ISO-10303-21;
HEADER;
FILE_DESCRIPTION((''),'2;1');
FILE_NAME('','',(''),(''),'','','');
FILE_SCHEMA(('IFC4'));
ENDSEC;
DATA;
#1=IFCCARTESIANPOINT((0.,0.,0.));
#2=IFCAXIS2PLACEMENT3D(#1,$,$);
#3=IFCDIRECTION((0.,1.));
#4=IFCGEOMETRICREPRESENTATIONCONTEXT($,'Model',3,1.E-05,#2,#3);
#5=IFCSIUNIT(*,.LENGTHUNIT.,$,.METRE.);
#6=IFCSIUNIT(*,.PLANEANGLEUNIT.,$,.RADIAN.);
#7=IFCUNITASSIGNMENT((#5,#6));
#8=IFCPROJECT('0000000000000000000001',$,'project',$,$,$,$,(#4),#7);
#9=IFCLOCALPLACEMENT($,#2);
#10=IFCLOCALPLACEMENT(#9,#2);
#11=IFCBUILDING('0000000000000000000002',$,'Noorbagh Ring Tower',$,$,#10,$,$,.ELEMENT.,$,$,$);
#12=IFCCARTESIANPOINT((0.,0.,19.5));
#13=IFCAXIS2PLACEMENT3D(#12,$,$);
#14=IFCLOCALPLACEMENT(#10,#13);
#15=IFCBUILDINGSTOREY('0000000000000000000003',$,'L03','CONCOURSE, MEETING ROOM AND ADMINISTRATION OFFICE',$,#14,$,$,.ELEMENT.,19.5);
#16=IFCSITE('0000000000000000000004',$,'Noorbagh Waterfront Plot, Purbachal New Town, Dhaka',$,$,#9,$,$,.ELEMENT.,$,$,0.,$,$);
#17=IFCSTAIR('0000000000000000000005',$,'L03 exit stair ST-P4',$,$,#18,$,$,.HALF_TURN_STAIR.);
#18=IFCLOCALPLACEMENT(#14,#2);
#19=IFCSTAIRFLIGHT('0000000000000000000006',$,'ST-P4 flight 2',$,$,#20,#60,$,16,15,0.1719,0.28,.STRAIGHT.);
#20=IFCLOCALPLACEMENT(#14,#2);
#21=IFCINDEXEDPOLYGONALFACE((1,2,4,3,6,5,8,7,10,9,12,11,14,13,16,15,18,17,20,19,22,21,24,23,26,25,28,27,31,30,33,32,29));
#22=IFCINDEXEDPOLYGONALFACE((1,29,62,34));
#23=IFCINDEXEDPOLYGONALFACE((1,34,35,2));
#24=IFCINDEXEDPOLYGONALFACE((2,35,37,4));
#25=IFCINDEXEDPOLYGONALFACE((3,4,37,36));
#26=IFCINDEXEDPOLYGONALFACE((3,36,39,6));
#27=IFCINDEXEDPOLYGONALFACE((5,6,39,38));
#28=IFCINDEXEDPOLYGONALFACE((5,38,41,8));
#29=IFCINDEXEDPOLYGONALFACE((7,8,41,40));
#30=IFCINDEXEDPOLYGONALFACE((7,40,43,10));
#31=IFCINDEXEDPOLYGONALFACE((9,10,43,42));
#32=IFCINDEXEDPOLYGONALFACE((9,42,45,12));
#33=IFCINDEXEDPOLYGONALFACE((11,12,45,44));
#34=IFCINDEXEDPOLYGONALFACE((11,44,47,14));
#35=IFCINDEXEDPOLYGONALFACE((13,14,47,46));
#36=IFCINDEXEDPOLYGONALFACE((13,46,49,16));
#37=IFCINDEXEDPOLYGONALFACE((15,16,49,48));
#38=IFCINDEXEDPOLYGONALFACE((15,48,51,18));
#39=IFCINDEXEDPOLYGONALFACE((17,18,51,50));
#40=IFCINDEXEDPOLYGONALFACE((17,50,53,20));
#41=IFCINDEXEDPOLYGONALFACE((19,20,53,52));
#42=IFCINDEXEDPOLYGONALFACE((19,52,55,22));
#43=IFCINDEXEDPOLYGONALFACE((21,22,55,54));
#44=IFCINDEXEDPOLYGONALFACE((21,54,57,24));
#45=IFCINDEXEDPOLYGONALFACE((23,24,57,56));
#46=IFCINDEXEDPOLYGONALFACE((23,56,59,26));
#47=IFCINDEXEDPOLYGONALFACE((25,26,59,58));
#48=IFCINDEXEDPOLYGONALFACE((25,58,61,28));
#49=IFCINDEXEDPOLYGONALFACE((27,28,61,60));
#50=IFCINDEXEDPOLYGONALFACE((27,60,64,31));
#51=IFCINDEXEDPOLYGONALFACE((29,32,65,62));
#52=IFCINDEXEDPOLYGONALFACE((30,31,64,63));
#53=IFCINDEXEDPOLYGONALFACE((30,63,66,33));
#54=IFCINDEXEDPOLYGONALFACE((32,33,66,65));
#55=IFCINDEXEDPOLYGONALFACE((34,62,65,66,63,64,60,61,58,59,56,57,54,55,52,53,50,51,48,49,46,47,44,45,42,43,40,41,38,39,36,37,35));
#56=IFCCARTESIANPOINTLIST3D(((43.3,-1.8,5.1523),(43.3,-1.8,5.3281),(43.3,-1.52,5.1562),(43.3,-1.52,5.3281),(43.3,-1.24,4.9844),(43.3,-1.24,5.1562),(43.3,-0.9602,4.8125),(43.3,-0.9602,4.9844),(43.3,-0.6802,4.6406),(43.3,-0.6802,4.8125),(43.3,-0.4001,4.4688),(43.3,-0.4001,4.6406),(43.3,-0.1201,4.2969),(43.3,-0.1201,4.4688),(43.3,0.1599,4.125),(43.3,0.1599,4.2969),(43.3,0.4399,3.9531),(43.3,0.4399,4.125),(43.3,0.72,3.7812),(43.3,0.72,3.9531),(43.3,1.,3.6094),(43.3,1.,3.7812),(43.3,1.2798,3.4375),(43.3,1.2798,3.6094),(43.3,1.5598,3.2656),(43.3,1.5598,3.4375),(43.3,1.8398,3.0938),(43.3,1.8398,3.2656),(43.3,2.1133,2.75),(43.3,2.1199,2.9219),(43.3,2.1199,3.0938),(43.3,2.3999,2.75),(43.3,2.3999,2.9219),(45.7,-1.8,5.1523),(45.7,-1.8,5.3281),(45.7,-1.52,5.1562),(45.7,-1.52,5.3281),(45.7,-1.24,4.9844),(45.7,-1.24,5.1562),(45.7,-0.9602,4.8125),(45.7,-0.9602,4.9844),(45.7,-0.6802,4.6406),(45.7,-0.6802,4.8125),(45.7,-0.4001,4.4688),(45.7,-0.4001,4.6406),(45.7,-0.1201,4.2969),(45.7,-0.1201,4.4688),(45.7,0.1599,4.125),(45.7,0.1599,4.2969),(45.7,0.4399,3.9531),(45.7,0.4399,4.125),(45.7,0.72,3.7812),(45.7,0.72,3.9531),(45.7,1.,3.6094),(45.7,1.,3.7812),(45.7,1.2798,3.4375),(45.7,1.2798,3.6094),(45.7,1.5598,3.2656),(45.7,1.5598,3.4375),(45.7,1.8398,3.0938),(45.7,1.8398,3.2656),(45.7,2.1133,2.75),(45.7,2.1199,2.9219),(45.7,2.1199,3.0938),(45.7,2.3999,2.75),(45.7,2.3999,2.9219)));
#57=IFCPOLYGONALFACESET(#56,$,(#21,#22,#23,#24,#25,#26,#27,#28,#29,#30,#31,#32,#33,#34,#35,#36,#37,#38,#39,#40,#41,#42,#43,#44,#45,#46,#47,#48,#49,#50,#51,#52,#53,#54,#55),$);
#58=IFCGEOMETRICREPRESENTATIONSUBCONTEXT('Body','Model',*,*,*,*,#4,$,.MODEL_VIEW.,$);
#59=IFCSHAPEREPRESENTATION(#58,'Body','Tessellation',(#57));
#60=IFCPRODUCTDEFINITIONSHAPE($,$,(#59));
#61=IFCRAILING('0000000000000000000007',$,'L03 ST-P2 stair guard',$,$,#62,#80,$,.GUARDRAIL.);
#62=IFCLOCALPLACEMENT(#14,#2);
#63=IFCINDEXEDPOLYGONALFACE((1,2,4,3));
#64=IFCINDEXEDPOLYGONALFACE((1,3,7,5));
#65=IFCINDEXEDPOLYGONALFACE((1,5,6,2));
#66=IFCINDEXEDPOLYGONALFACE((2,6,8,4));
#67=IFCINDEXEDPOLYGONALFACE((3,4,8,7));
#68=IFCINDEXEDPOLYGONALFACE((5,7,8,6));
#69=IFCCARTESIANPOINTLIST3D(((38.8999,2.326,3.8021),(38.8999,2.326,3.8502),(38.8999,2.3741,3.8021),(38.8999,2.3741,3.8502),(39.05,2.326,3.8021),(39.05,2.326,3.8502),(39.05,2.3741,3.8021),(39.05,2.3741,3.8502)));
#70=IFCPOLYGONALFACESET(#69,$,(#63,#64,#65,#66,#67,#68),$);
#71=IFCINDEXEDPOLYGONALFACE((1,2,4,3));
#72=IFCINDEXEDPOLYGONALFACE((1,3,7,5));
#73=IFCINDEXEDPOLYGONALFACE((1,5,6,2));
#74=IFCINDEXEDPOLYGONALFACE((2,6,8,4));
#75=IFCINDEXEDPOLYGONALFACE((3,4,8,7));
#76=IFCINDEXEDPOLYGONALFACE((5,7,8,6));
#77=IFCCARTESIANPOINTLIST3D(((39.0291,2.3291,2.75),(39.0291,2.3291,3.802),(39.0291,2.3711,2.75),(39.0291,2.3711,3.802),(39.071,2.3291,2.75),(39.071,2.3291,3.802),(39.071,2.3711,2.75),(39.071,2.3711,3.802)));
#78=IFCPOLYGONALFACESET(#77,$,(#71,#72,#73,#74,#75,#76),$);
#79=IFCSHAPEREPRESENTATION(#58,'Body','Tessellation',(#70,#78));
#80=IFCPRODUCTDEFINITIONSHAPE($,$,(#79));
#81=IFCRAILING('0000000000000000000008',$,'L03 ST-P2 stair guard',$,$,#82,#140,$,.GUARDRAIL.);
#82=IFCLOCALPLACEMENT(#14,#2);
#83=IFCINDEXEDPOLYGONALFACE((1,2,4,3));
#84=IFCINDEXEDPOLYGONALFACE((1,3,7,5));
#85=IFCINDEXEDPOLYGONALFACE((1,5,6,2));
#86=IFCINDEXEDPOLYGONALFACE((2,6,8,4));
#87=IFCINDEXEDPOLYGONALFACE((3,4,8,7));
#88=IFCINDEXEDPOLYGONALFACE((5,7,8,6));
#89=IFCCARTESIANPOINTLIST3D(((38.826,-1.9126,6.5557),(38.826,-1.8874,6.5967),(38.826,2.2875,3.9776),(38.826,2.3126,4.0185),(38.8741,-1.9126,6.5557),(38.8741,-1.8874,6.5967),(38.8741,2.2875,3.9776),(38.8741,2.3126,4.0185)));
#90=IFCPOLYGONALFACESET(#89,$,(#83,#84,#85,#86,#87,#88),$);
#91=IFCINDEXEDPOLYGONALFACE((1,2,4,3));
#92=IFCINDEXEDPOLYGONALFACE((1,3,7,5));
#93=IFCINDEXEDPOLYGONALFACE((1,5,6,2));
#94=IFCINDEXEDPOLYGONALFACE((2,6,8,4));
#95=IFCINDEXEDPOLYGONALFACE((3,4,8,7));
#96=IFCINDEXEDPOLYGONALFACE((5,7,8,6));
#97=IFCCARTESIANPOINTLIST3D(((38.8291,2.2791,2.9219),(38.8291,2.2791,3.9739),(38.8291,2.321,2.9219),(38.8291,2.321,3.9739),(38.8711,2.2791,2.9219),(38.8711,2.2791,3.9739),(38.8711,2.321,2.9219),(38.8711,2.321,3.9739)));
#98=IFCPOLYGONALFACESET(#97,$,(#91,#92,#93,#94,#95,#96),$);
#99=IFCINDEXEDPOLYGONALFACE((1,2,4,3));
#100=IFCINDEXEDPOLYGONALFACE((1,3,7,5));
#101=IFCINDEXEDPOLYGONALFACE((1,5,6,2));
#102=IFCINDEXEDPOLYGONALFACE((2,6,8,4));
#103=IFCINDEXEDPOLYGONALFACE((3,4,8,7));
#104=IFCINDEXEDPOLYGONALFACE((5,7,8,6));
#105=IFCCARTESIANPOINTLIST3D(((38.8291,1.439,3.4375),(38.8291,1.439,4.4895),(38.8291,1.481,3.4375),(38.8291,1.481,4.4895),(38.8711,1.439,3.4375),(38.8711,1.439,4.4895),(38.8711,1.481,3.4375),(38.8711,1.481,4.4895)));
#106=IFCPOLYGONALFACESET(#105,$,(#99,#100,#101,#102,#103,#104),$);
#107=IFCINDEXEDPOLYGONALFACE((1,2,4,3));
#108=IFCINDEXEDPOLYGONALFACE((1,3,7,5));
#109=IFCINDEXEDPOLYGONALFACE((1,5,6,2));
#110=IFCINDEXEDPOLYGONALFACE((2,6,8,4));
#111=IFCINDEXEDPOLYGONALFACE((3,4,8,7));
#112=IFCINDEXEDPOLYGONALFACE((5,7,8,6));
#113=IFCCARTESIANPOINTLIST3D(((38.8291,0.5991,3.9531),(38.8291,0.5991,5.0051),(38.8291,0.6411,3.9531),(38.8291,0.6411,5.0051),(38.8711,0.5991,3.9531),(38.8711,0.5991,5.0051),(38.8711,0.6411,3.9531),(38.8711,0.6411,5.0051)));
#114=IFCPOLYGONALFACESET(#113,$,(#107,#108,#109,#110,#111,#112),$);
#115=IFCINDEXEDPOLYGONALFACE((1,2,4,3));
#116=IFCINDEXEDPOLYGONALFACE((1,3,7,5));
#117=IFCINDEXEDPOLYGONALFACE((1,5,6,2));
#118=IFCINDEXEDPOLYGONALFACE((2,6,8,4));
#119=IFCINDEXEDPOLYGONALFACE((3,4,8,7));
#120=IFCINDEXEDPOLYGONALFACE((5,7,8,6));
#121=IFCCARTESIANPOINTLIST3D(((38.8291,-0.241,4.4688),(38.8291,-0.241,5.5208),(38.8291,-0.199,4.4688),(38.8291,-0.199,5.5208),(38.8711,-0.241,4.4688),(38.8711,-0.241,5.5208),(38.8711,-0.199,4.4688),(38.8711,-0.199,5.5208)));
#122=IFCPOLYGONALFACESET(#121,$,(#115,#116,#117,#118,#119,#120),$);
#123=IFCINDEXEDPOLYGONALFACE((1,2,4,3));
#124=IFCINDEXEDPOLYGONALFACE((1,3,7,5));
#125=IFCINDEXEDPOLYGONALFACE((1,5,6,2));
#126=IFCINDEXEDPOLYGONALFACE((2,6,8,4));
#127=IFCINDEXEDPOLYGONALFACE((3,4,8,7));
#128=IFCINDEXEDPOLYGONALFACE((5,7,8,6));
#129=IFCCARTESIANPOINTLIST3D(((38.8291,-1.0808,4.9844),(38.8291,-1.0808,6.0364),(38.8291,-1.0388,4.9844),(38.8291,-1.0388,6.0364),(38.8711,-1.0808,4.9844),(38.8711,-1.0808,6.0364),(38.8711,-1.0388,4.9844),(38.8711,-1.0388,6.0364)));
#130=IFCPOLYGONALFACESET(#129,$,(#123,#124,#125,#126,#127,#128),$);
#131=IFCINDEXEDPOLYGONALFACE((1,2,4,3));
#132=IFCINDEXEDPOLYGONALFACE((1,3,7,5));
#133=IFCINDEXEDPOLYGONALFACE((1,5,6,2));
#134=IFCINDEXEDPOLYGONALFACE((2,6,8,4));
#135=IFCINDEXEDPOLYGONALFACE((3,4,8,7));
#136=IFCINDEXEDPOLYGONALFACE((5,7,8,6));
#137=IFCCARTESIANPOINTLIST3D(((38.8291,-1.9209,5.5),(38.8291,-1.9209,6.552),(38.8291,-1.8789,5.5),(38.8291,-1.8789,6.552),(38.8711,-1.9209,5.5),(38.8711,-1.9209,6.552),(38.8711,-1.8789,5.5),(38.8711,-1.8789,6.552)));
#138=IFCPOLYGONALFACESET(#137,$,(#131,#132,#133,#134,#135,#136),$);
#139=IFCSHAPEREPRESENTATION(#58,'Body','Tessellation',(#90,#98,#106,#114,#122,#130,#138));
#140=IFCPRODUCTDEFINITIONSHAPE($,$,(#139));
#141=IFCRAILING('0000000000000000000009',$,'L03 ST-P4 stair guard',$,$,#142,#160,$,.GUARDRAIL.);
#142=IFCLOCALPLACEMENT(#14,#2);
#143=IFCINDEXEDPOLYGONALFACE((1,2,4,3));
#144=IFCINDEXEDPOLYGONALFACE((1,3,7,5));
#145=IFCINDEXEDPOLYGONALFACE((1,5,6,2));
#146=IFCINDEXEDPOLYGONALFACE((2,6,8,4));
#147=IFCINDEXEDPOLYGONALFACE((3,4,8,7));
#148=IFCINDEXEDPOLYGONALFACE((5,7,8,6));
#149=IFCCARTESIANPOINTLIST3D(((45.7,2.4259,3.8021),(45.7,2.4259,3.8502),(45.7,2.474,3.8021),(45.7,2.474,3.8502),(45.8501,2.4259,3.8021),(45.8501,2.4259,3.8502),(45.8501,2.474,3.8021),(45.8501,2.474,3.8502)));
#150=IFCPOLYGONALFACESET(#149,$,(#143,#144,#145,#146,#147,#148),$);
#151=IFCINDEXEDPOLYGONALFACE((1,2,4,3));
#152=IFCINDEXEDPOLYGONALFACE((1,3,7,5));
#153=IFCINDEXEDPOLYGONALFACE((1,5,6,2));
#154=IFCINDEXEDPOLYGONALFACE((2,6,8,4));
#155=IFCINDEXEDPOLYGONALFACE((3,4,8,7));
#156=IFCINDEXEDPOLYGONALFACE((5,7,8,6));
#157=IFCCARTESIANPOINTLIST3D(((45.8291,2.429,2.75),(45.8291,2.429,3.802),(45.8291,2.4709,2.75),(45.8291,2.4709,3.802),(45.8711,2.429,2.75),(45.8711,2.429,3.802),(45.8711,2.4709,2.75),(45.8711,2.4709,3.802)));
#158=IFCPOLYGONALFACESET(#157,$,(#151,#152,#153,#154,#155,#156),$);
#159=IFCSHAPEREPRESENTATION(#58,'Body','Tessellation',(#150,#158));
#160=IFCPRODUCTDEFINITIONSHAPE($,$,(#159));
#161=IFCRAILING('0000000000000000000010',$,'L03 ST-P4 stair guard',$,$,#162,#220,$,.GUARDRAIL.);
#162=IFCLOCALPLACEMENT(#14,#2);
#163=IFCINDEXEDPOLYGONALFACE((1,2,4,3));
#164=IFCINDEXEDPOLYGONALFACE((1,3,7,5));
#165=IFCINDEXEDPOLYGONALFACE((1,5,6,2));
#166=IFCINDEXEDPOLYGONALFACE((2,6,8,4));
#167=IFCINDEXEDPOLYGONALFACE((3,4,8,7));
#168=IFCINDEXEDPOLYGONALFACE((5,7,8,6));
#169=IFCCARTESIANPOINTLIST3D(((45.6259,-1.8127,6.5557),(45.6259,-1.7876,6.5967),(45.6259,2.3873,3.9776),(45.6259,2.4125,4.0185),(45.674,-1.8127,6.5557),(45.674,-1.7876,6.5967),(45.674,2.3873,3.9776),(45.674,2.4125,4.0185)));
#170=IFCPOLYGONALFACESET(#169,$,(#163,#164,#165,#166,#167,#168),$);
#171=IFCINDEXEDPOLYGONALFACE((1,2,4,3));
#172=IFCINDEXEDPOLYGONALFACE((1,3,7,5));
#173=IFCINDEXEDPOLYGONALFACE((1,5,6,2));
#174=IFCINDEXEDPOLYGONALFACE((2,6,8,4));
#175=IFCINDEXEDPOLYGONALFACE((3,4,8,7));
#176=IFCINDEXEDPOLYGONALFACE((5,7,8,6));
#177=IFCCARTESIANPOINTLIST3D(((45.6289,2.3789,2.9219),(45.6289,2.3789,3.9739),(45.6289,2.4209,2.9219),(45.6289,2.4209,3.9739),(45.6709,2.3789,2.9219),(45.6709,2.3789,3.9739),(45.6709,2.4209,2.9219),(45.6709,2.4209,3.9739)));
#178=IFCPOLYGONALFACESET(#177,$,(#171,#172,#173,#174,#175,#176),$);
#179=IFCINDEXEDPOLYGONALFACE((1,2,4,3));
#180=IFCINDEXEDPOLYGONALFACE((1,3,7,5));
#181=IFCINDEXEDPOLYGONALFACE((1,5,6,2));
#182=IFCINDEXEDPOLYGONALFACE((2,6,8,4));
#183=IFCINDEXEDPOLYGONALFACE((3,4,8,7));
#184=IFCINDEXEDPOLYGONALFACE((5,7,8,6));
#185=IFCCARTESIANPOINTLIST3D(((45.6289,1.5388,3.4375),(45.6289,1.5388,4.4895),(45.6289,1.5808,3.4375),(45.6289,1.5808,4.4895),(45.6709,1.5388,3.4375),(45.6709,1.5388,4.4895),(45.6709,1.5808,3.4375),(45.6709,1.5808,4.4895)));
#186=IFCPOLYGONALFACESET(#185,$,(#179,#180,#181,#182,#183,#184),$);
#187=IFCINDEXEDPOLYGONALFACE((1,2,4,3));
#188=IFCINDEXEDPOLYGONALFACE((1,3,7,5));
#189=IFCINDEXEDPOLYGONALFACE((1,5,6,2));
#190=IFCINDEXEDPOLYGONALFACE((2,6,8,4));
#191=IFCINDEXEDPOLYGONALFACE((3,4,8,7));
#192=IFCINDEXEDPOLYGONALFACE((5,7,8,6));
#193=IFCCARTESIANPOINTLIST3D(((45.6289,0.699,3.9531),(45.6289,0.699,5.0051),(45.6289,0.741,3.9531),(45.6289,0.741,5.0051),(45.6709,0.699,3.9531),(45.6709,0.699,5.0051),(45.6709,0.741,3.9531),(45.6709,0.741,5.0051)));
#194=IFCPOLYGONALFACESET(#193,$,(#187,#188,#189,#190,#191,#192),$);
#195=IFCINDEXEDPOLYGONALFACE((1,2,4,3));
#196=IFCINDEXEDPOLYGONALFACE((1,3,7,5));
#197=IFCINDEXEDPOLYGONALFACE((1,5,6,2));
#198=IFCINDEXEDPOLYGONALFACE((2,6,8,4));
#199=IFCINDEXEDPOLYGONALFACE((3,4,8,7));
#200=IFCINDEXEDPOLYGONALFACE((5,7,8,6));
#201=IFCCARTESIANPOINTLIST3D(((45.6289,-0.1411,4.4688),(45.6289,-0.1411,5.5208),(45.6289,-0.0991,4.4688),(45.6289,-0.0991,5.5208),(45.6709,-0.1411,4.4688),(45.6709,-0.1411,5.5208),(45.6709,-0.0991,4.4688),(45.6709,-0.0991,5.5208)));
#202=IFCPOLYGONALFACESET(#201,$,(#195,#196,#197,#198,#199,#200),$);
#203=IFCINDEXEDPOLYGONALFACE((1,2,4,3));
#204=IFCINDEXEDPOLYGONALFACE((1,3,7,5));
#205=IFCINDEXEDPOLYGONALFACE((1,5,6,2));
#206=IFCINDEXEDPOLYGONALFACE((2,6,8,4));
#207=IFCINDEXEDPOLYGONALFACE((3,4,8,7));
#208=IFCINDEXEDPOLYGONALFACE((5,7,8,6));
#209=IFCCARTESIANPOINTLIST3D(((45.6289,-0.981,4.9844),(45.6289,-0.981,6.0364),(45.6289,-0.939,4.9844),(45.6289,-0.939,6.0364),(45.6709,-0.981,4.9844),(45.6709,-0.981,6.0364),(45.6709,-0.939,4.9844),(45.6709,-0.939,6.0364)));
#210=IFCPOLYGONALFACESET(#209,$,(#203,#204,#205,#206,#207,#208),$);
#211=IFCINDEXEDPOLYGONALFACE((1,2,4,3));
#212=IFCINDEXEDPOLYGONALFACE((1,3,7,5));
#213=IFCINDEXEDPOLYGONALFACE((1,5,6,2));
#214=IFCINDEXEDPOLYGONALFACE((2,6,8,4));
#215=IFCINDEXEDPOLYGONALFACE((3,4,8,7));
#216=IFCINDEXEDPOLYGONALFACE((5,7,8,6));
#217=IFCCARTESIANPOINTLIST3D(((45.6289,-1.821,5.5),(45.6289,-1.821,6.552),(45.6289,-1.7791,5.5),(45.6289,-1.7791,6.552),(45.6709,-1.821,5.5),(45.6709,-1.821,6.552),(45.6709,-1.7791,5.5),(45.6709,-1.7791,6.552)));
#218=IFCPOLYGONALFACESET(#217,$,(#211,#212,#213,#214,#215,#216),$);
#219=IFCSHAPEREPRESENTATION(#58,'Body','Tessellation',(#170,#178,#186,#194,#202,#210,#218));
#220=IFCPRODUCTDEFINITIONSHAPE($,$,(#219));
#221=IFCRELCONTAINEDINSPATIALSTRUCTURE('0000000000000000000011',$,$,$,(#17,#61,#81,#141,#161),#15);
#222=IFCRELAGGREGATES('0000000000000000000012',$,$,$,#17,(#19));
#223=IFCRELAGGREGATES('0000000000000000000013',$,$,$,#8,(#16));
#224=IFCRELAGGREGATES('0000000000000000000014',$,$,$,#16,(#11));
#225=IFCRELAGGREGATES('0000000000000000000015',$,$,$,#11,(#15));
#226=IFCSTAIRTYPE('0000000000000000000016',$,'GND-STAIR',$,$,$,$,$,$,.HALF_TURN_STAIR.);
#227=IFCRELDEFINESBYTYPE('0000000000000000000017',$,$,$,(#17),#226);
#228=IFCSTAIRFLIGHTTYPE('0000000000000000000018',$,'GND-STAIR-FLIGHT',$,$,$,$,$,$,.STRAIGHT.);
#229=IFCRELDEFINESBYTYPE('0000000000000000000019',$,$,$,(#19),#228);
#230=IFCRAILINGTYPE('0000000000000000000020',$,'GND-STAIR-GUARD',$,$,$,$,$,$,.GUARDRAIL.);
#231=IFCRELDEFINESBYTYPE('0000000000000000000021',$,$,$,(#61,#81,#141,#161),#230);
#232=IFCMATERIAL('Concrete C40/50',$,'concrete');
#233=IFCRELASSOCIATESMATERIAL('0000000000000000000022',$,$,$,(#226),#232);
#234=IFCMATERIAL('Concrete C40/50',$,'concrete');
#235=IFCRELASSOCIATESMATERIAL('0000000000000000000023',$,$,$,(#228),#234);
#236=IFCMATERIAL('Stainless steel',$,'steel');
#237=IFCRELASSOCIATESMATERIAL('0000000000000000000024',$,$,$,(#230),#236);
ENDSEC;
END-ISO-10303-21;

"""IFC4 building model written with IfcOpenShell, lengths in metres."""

from ifc_helpers import new_model, si_unit, direction, frame, origin, origin_2d, place, context, subcontext, project, spatial, polyline, rectangle, outline, extrude, material, type_object, element, aggregate, save


model = new_model("IFC4")

# Units and contexts
model_context = context("Model", 3, precision=1e-05, world=origin(), true_north=direction((0.0, 1.0)))
body_context = subcontext(model_context, "Body", "Model", "MODEL_VIEW")
ifc_project = project(units=[si_unit("LENGTHUNIT", "METRE"), si_unit("PLANEANGLEUNIT", "RADIAN")], contexts=[model_context])

# Site, building, storey
site_placement = place(None, origin())
site = spatial("IfcSite", under=ifc_project, at=site_placement, Name="Noorbagh Waterfront Plot, Purbachal New Town, Dhaka", CompositionType="ELEMENT", RefElevation=0.0)
building_placement = place(site_placement, origin())
building = spatial("IfcBuilding", under=site, at=building_placement, Name="Noorbagh Ring Tower", CompositionType="ELEMENT")
storey_placement = place(building_placement, frame((0.0, 0.0, 19.5)))
storey = spatial("IfcBuildingStorey", under=building, at=storey_placement, Name="L03", Description="CONCOURSE, MEETING ROOM AND ADMINISTRATION OFFICE", CompositionType="ELEMENT", Elevation=19.5)

# Stair, stair flight
ifc_material_1 = material(Name="Concrete C40/50", Category="concrete")
stair_type = type_object("IfcStairType", Name="GND-STAIR", PredefinedType="HALF_TURN_STAIR", material=ifc_material_1)
ifc_material_2 = material(Name="Concrete C40/50", Category="concrete")
stair_flight_type = type_object("IfcStairFlightType", Name="GND-STAIR-FLIGHT", PredefinedType="STRAIGHT", material=ifc_material_2)
stair_1_placement = place(storey_placement, origin())
stair_1 = element("IfcStair", 1, at=stair_1_placement, inside=storey, type_object=stair_type, Name="L03 exit stair ST-P4", PredefinedType="HALF_TURN_STAIR")
stair_flight_1_placement = place(storey_placement, frame((44.5, 2.3999, 2.75), z_axis=(0.0, 0.0, 1.0), x_axis=(0.0, -1.0, 0.0)))
stair_flight_1 = element("IfcStairFlight", 2, at=stair_flight_1_placement, type_object=stair_flight_type, Name="ST-P4 flight 2", NumberOfRisers=16, NumberOfTreads=15, PredefinedType="STRAIGHT", RiserHeight=0.1719, TreadLength=0.28, context=body_context, shape_type="SweptSolid", body=[
    extrude(outline(polyline([(0.0, 0.0), (0.0, 0.1719), (0.28, 0.1719), (0.28, 0.3438), (0.5601, 0.3438), (0.5601, 0.5156), (0.8401, 0.5156), (0.8401, 0.6875), (1.1201, 0.6875), (1.1201, 0.8594), (1.3999, 0.8594), (1.3999, 1.0312), (1.6799, 1.0312), (1.6799, 1.2031), (1.96, 1.2031), (1.96, 1.375), (2.24, 1.375), (2.24, 1.5469), (2.52, 1.5469), (2.52, 1.7188), (2.8, 1.7188), (2.8, 1.8906), (3.0801, 1.8906), (3.0801, 2.0625), (3.3601, 2.0625), (3.3601, 2.2344), (3.6399, 2.2344), (3.6399, 2.4062), (3.9199, 2.4062), (3.9199, 2.5781), (4.2, 2.5781), (4.2, 2.75), (4.2, 2.4023), (0.2866, 0.0), (0.0, 0.0)])), frame((0.0, 1.2, 0.0), z_axis=(0.0, -1.0, 0.0), x_axis=(1.0, 0.0, 0.0)), (0.0, 0.0, 1.0), 2.3999),
])
aggregate(stair_1, [stair_flight_1])

# Railings
ifc_material_3 = material(Name="Stainless steel", Category="steel")
railing_type = type_object("IfcRailingType", Name="GND-STAIR-GUARD", PredefinedType="GUARDRAIL", material=ifc_material_3)
railing_1_placement = place(storey_placement, frame((39.05, 2.3501, 2.75)))
element("IfcRailing", 3, at=railing_1_placement, inside=storey, type_object=railing_type, Name="L03 ST-P2 stair guard", PredefinedType="GUARDRAIL", context=body_context, shape_type="SweptSolid", body=[
    extrude(rectangle(XDim=0.0481, YDim=0.0481, at=origin_2d()), frame((0.0, 0.0, 1.0762), z_axis=(-1.0, 0.0, 0.0), x_axis=(0.0, -1.0, 0.0)), (0.0, 0.0, 1.0), 0.1501),
    extrude(rectangle(XDim=0.042, YDim=0.042, at=origin_2d()), origin(), (0.0, 0.0, 1.0), 1.052),
])
railing_2_placement = place(storey_placement, frame((38.8501, 2.3, 2.9219)))
element("IfcRailing", 4, at=railing_2_placement, inside=storey, type_object=railing_type, Name="L03 ST-P2 stair guard", PredefinedType="GUARDRAIL", context=body_context, shape_type="SweptSolid", body=[
    extrude(rectangle(XDim=0.0481, YDim=0.0481, at=origin_2d()), frame((0.0, 0.0, 1.0762), z_axis=(0.0, -0.852243, 0.523146), x_axis=(1.0, 0.0, 0.0)), (0.0, 0.0, 1.0), 4.9282),
    extrude(rectangle(XDim=0.042, YDim=0.042, at=origin_2d()), origin(), (0.0, 0.0, 1.0), 1.052),
    extrude(rectangle(XDim=0.042, YDim=0.042, at=origin_2d()), frame((0.0, -0.8401, 0.5156)), (0.0, 0.0, 1.0), 1.052),
    extrude(rectangle(XDim=0.042, YDim=0.042, at=origin_2d()), frame((0.0, -1.6799, 1.0312)), (0.0, 0.0, 1.0), 1.052),
    extrude(rectangle(XDim=0.042, YDim=0.042, at=origin_2d()), frame((0.0, -2.52, 1.5469)), (0.0, 0.0, 1.0), 1.052),
    extrude(rectangle(XDim=0.042, YDim=0.042, at=origin_2d()), frame((0.0, -3.3599, 2.0625)), (0.0, 0.0, 1.0), 1.052),
    extrude(rectangle(XDim=0.042, YDim=0.042, at=origin_2d()), frame((0.0, -4.2, 2.5781)), (0.0, 0.0, 1.0), 1.052),
])
railing_3_placement = place(storey_placement, frame((45.8501, 2.45, 2.75)))
element("IfcRailing", 5, at=railing_3_placement, inside=storey, type_object=railing_type, Name="L03 ST-P4 stair guard", PredefinedType="GUARDRAIL", context=body_context, shape_type="SweptSolid", body=[
    extrude(rectangle(XDim=0.0481, YDim=0.0481, at=origin_2d()), frame((0.0, 0.0, 1.0762), z_axis=(-1.0, 0.0, 0.0), x_axis=(0.0, -1.0, 0.0)), (0.0, 0.0, 1.0), 0.1501),
    extrude(rectangle(XDim=0.042, YDim=0.042, at=origin_2d()), origin(), (0.0, 0.0, 1.0), 1.052),
])
railing_4_placement = place(storey_placement, frame((45.6499, 2.3999, 2.9219)))
element("IfcRailing", 6, at=railing_4_placement, inside=storey, type_object=railing_type, Name="L03 ST-P4 stair guard", PredefinedType="GUARDRAIL", context=body_context, shape_type="SweptSolid", body=[
    extrude(rectangle(XDim=0.0481, YDim=0.0481, at=origin_2d()), frame((0.0, 0.0, 1.0762), z_axis=(0.0, -0.852243, 0.523146), x_axis=(1.0, 0.0, 0.0)), (0.0, 0.0, 1.0), 4.9282),
    extrude(rectangle(XDim=0.042, YDim=0.042, at=origin_2d()), origin(), (0.0, 0.0, 1.0), 1.052),
    extrude(rectangle(XDim=0.042, YDim=0.042, at=origin_2d()), frame((0.0, -0.8401, 0.5156)), (0.0, 0.0, 1.0), 1.052),
    extrude(rectangle(XDim=0.042, YDim=0.042, at=origin_2d()), frame((0.0, -1.6799, 1.0312)), (0.0, 0.0, 1.0), 1.052),
    extrude(rectangle(XDim=0.042, YDim=0.042, at=origin_2d()), frame((0.0, -2.52, 1.5469)), (0.0, 0.0, 1.0), 1.052),
    extrude(rectangle(XDim=0.042, YDim=0.042, at=origin_2d()), frame((0.0, -3.3599, 2.0625)), (0.0, 0.0, 1.0), 1.052),
    extrude(rectangle(XDim=0.042, YDim=0.042, at=origin_2d()), frame((0.0, -4.2, 2.5781)), (0.0, 0.0, 1.0), 1.052),
])

save(model, "model.ifc")
